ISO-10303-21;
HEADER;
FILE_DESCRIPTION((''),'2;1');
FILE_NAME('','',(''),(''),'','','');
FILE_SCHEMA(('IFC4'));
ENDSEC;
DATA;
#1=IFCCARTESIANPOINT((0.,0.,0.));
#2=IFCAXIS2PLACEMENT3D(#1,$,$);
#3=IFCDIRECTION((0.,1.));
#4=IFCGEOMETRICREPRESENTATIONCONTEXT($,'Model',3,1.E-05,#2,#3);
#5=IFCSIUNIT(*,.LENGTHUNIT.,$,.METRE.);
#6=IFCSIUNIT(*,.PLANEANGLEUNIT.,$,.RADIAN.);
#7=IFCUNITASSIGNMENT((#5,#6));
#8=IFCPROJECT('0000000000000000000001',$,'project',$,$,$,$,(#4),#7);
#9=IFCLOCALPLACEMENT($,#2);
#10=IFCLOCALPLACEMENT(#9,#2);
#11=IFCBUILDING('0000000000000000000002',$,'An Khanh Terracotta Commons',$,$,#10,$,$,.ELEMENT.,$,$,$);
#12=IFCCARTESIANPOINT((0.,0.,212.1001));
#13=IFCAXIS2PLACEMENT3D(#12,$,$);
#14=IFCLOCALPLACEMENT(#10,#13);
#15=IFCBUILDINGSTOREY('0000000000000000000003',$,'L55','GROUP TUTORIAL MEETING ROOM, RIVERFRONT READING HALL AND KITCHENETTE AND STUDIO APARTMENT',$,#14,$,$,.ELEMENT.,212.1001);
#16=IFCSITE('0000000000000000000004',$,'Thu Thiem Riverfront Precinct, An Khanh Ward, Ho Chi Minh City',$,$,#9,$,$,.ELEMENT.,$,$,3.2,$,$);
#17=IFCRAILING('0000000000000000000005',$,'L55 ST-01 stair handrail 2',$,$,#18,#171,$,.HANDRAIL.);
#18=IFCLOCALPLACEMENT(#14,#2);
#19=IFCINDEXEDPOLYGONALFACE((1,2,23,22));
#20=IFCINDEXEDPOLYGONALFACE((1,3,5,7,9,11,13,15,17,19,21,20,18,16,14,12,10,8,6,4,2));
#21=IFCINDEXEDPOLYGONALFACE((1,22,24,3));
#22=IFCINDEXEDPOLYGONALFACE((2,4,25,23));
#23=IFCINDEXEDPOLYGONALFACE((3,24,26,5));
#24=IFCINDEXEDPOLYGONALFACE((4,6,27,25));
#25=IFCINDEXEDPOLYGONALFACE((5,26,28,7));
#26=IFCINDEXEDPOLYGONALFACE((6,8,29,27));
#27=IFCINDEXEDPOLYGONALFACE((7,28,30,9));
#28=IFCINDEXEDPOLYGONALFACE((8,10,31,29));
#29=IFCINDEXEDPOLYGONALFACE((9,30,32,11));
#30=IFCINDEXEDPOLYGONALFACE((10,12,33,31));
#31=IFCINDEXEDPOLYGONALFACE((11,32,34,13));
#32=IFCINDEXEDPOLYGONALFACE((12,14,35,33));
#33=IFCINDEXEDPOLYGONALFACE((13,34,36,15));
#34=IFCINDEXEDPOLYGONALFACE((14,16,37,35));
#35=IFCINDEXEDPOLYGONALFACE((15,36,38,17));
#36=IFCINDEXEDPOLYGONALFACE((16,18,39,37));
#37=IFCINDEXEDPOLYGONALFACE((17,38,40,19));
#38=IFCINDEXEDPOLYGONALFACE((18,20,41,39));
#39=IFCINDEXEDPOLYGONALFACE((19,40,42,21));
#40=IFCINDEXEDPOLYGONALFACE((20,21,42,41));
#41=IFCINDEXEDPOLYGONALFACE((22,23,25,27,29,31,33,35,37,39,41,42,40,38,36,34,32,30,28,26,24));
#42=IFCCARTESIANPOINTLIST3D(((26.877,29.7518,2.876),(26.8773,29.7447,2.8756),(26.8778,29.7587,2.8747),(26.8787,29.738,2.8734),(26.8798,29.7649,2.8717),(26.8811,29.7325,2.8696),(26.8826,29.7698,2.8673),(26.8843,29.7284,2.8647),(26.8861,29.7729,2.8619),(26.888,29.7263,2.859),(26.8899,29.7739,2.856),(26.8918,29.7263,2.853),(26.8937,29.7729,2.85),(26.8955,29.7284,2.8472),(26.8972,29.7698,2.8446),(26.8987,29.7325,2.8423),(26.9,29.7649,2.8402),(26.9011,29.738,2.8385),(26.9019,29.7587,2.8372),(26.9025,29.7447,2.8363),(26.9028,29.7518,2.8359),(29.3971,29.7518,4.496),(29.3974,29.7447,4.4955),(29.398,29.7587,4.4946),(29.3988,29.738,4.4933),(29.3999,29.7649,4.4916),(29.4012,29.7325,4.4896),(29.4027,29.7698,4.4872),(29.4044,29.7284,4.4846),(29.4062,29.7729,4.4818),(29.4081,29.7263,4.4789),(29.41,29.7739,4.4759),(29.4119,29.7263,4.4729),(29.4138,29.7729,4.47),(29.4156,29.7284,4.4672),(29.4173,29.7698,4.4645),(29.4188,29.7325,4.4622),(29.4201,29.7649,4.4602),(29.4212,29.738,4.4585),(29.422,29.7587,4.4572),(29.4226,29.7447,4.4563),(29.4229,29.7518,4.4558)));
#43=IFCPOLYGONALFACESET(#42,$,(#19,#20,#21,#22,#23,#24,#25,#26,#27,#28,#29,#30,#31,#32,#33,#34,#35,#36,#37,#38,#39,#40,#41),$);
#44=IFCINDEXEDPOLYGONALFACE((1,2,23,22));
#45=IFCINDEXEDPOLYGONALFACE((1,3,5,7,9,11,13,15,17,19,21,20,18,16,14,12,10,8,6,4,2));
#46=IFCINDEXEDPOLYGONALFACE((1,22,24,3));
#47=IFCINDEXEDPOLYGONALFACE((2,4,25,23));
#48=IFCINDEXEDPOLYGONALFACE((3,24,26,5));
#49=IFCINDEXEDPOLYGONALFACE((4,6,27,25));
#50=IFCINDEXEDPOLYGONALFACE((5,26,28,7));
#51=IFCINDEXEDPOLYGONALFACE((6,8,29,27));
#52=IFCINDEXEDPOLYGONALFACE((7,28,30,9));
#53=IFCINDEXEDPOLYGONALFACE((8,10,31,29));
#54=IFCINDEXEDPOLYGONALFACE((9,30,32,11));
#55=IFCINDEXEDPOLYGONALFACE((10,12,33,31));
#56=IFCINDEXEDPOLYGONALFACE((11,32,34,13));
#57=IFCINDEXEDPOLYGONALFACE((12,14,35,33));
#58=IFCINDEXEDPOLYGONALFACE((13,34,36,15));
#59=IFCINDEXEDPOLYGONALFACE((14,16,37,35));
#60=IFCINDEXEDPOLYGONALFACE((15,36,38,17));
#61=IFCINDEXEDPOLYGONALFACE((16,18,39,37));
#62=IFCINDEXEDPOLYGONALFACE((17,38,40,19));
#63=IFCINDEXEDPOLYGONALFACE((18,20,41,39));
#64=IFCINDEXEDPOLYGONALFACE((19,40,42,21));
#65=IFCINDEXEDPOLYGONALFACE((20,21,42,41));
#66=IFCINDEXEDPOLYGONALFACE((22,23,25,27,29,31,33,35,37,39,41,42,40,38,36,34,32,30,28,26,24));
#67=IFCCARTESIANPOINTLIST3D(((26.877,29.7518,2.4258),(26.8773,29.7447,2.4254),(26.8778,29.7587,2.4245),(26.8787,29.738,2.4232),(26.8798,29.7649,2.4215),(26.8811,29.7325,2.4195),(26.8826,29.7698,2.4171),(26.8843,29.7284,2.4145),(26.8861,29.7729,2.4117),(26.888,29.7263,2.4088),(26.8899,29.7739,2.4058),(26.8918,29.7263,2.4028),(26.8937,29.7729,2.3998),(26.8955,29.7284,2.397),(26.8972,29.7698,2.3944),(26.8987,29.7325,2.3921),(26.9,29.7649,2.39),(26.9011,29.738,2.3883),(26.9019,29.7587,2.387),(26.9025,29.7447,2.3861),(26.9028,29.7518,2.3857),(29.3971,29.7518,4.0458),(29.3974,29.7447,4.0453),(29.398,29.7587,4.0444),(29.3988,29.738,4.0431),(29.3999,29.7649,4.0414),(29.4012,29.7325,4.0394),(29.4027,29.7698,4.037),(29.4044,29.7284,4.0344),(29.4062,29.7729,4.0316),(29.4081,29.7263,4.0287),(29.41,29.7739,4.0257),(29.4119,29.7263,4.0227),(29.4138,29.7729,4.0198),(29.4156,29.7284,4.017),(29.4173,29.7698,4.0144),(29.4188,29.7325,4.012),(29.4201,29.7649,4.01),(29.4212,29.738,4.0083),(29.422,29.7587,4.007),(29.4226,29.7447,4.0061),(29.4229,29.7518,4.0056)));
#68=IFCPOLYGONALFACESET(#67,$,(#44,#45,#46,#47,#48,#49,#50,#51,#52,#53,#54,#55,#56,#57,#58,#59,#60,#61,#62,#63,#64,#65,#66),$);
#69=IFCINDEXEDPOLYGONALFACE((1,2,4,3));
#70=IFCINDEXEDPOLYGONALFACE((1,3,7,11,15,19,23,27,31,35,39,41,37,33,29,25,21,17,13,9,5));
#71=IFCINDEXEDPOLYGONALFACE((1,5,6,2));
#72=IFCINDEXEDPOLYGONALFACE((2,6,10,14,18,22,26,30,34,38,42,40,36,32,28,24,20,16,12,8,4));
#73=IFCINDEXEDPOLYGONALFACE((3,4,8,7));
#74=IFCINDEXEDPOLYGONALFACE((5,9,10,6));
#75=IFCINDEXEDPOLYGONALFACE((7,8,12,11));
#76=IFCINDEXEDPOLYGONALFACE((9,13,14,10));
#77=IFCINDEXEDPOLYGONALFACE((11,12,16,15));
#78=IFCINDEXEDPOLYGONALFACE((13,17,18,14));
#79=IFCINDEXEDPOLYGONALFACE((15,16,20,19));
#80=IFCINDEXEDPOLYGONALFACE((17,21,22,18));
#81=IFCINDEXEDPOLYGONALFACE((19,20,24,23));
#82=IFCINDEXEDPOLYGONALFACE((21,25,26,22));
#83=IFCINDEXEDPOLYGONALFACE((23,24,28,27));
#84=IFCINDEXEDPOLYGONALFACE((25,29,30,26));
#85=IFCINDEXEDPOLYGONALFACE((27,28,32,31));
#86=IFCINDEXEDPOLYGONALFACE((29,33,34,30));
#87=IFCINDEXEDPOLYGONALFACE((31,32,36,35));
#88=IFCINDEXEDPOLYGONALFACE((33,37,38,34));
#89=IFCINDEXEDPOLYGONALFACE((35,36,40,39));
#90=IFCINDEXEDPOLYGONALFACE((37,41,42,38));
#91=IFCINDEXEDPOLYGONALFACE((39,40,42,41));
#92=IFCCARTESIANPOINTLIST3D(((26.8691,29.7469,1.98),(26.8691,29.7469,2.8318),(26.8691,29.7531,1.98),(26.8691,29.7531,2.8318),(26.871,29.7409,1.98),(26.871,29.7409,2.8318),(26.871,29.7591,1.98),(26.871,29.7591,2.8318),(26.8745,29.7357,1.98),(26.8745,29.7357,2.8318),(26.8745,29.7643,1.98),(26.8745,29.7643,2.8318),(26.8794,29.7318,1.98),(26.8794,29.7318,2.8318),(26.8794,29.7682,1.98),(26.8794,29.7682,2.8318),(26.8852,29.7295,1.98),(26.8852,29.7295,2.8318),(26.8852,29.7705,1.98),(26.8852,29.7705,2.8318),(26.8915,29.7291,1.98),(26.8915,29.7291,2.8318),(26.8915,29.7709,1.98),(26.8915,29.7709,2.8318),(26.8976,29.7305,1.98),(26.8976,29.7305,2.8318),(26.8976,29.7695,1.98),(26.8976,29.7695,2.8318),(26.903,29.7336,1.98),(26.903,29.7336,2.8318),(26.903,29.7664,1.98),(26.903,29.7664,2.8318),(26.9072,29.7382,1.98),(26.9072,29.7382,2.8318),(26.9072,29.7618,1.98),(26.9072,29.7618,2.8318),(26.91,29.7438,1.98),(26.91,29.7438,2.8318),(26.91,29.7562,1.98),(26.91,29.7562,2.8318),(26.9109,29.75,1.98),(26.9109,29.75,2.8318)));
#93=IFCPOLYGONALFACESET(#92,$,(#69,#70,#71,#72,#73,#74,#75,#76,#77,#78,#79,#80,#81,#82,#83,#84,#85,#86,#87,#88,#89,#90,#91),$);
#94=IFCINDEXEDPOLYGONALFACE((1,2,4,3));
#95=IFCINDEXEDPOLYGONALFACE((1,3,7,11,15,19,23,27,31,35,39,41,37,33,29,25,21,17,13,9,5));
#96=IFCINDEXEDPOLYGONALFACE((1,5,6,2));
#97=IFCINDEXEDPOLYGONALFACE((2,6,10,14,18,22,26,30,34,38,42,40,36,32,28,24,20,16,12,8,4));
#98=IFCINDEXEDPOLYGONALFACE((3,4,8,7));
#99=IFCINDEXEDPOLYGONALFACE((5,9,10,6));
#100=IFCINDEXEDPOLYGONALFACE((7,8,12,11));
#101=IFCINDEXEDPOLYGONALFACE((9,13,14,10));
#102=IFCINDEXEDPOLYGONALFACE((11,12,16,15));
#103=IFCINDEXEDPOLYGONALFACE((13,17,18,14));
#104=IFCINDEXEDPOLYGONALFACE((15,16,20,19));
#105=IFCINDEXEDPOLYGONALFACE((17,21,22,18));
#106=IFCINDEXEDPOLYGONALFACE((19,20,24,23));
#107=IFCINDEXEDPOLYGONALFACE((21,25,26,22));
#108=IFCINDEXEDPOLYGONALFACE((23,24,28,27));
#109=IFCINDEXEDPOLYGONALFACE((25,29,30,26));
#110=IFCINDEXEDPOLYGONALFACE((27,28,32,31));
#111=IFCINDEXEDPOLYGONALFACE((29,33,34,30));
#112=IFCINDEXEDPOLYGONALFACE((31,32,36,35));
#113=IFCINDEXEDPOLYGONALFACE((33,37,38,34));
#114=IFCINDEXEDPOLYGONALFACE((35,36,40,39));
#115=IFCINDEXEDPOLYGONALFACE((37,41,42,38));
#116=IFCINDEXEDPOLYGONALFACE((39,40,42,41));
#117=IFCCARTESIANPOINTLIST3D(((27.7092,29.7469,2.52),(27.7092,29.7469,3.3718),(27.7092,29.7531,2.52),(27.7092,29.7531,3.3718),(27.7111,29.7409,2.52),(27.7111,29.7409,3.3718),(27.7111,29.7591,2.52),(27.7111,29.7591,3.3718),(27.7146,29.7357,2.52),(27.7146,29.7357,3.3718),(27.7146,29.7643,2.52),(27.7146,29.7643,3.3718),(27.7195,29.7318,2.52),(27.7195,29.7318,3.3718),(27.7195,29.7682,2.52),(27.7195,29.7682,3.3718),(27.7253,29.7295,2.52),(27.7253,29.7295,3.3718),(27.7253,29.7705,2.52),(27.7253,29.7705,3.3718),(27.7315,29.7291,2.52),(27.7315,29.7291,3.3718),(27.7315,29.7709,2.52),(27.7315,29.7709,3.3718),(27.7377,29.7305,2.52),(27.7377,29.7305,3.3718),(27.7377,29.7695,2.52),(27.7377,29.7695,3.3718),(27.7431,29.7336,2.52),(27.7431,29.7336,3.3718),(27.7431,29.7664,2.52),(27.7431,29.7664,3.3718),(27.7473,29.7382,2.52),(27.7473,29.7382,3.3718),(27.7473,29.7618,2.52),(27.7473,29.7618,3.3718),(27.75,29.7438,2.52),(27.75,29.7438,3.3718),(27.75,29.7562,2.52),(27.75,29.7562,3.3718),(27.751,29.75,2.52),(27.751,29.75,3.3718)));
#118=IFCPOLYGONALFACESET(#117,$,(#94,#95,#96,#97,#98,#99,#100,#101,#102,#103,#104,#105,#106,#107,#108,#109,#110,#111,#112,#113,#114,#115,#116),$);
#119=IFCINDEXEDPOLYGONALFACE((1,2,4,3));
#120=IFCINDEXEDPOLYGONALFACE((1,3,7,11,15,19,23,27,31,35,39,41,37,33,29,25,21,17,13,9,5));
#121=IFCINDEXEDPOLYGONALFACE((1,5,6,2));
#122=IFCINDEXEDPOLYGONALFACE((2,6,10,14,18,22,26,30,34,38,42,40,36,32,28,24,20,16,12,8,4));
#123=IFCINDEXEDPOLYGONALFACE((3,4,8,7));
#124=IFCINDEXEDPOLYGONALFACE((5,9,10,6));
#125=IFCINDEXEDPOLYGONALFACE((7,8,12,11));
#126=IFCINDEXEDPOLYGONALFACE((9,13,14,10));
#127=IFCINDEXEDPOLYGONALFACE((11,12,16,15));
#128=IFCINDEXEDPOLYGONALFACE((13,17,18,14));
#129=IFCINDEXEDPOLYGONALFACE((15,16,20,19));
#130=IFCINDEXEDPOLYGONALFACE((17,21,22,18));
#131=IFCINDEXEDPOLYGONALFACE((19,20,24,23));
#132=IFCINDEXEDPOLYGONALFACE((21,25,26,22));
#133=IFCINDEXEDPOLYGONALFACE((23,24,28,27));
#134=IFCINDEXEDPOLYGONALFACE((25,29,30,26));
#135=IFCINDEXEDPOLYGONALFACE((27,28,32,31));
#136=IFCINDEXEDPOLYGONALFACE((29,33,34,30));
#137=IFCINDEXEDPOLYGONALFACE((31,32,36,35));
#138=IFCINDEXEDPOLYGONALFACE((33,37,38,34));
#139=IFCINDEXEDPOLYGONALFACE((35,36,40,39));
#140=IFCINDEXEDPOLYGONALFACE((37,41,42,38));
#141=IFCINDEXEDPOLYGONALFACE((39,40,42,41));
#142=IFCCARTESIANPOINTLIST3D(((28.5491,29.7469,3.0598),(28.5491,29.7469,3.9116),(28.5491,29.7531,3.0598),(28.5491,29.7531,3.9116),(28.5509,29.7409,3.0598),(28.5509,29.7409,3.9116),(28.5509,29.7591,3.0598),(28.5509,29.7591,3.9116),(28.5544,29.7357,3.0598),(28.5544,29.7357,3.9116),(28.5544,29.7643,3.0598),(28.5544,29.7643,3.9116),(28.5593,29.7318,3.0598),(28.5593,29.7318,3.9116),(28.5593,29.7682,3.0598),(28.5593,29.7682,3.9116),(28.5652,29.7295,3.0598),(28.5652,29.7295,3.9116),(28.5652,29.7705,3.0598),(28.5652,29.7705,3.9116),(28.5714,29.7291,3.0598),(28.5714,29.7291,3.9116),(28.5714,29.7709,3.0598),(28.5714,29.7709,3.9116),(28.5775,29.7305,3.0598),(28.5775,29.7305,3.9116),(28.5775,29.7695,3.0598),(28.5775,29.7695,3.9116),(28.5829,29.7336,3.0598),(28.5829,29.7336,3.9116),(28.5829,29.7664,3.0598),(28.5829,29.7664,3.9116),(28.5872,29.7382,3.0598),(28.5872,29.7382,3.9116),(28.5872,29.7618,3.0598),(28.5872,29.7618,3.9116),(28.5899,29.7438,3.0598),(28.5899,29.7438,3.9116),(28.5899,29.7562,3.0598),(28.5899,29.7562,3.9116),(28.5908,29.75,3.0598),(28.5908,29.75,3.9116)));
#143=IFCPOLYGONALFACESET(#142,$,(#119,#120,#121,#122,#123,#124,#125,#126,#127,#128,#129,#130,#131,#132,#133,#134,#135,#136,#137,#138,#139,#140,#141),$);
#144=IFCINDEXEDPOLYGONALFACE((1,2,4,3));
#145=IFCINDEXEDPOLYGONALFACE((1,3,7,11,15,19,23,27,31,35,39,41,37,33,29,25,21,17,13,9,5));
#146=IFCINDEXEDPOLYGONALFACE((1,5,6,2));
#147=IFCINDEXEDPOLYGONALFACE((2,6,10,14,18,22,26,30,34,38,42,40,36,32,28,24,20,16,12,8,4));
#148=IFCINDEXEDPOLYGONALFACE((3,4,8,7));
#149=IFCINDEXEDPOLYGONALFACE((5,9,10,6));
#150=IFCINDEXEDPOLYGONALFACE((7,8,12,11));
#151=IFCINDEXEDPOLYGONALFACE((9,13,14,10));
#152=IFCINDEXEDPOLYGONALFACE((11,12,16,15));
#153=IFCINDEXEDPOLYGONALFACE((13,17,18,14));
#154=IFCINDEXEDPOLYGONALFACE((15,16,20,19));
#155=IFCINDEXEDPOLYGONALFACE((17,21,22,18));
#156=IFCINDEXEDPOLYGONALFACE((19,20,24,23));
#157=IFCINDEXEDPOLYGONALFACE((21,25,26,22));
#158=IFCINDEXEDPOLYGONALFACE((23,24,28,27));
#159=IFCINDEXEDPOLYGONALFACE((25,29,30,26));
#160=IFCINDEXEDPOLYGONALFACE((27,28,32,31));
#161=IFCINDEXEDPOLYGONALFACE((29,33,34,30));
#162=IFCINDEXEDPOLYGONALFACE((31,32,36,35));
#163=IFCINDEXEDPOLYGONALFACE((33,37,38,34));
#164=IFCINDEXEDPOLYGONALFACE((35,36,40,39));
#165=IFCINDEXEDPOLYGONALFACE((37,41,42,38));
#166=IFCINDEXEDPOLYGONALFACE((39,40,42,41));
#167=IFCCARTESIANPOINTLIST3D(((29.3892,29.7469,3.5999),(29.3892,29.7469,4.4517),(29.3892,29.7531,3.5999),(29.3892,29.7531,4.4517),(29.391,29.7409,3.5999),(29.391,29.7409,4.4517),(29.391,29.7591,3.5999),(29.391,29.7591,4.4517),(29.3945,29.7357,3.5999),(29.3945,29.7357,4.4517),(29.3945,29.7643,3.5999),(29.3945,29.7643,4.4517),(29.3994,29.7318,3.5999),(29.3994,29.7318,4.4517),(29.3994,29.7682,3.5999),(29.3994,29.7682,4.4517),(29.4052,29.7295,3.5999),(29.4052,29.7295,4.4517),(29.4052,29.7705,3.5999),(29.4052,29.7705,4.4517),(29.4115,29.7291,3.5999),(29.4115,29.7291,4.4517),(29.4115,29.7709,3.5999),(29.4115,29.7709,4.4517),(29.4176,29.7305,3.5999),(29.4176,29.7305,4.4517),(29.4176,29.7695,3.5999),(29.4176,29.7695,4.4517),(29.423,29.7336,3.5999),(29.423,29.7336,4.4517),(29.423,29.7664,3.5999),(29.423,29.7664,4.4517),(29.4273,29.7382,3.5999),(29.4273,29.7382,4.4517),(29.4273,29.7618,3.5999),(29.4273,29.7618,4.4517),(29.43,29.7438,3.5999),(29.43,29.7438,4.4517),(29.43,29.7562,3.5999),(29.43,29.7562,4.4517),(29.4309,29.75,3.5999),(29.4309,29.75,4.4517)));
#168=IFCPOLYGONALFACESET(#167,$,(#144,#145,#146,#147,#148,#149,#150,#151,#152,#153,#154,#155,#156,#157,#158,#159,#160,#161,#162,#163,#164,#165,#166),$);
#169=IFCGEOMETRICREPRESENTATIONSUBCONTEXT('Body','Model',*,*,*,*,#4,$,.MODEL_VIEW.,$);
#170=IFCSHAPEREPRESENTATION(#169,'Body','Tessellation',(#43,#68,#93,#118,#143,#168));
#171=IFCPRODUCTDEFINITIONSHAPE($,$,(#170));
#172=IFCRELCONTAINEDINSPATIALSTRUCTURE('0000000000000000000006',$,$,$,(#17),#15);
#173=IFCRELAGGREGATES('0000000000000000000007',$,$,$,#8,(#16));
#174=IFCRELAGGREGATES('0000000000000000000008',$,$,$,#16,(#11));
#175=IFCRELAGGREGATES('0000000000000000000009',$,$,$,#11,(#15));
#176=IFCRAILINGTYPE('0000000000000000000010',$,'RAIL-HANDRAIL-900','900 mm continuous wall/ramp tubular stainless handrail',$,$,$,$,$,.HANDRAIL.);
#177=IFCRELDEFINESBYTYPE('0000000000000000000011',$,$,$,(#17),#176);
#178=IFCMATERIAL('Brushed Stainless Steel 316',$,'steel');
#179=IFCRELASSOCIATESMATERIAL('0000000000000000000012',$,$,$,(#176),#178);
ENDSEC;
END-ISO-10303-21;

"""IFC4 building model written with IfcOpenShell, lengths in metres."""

from ifc_helpers import new_model, si_unit, direction, frame, origin, origin_2d, place, context, subcontext, project, spatial, circle, extrude, material, type_object, element, save


model = new_model("IFC4")

# Units and contexts
model_context = context("Model", 3, precision=1e-05, world=origin(), true_north=direction((0.0, 1.0)))
body_context = subcontext(model_context, "Body", "Model", "MODEL_VIEW")
ifc_project = project(units=[si_unit("LENGTHUNIT", "METRE"), si_unit("PLANEANGLEUNIT", "RADIAN")], contexts=[model_context])

# Site, building, storey
site_placement = place(None, origin())
site = spatial("IfcSite", under=ifc_project, at=site_placement, Name="Thu Thiem Riverfront Precinct, An Khanh Ward, Ho Chi Minh City", CompositionType="ELEMENT", RefElevation=3.2)
building_placement = place(site_placement, origin())
building = spatial("IfcBuilding", under=site, at=building_placement, Name="An Khanh Terracotta Commons", CompositionType="ELEMENT")
storey_placement = place(building_placement, frame((0.0, 0.0, 212.1001)))
storey = spatial("IfcBuildingStorey", under=building, at=storey_placement, Name="L55", Description="GROUP TUTORIAL MEETING ROOM, RIVERFRONT READING HALL AND KITCHENETTE AND STUDIO APARTMENT", CompositionType="ELEMENT", Elevation=212.1001)

# Railing
ifc_material_1 = material(Name="Brushed Stainless Steel 316", Category="steel")
railing_type_1 = type_object("IfcRailingType", Name="RAIL-HANDRAIL-900", Description="900 mm continuous wall/ramp tubular stainless handrail", PredefinedType="HANDRAIL", material=ifc_material_1)
railing_1_placement = place(storey_placement, frame((26.8899, 29.75, 1.98)))
element("IfcRailing", 1, at=railing_1_placement, inside=storey, type_object=railing_type_1, Name="L55 ST-01 stair handrail 2", PredefinedType="HANDRAIL", context=body_context, shape_type="SweptSolid", body=[
    extrude(circle(Radius=0.0239, at=origin_2d()), frame((0.0, 0.0, 0.876), z_axis=(0.8412, 0.0, 0.540725), x_axis=(0.0, 1.0, 0.0)), (0.0, 0.0, 1.0), 2.9958),
    extrude(circle(Radius=0.0239, at=origin_2d()), frame((0.0, 0.0, 0.4258), z_axis=(0.8412, 0.0, 0.540725), x_axis=(0.0, 1.0, 0.0)), (0.0, 0.0, 1.0), 2.9958),
    extrude(circle(Radius=0.021, at=origin_2d()), origin(), (0.0, 0.0, 1.0), 0.8518),
    extrude(circle(Radius=0.021, at=origin_2d()), frame((0.8401, 0.0, 0.54)), (0.0, 0.0, 1.0), 0.8518),
    extrude(circle(Radius=0.021, at=origin_2d()), frame((1.6799, 0.0, 1.0798)), (0.0, 0.0, 1.0), 0.8518),
    extrude(circle(Radius=0.021, at=origin_2d()), frame((2.52, 0.0, 1.6199)), (0.0, 0.0, 1.0), 0.8518),
])

save(model, "model.ifc")
